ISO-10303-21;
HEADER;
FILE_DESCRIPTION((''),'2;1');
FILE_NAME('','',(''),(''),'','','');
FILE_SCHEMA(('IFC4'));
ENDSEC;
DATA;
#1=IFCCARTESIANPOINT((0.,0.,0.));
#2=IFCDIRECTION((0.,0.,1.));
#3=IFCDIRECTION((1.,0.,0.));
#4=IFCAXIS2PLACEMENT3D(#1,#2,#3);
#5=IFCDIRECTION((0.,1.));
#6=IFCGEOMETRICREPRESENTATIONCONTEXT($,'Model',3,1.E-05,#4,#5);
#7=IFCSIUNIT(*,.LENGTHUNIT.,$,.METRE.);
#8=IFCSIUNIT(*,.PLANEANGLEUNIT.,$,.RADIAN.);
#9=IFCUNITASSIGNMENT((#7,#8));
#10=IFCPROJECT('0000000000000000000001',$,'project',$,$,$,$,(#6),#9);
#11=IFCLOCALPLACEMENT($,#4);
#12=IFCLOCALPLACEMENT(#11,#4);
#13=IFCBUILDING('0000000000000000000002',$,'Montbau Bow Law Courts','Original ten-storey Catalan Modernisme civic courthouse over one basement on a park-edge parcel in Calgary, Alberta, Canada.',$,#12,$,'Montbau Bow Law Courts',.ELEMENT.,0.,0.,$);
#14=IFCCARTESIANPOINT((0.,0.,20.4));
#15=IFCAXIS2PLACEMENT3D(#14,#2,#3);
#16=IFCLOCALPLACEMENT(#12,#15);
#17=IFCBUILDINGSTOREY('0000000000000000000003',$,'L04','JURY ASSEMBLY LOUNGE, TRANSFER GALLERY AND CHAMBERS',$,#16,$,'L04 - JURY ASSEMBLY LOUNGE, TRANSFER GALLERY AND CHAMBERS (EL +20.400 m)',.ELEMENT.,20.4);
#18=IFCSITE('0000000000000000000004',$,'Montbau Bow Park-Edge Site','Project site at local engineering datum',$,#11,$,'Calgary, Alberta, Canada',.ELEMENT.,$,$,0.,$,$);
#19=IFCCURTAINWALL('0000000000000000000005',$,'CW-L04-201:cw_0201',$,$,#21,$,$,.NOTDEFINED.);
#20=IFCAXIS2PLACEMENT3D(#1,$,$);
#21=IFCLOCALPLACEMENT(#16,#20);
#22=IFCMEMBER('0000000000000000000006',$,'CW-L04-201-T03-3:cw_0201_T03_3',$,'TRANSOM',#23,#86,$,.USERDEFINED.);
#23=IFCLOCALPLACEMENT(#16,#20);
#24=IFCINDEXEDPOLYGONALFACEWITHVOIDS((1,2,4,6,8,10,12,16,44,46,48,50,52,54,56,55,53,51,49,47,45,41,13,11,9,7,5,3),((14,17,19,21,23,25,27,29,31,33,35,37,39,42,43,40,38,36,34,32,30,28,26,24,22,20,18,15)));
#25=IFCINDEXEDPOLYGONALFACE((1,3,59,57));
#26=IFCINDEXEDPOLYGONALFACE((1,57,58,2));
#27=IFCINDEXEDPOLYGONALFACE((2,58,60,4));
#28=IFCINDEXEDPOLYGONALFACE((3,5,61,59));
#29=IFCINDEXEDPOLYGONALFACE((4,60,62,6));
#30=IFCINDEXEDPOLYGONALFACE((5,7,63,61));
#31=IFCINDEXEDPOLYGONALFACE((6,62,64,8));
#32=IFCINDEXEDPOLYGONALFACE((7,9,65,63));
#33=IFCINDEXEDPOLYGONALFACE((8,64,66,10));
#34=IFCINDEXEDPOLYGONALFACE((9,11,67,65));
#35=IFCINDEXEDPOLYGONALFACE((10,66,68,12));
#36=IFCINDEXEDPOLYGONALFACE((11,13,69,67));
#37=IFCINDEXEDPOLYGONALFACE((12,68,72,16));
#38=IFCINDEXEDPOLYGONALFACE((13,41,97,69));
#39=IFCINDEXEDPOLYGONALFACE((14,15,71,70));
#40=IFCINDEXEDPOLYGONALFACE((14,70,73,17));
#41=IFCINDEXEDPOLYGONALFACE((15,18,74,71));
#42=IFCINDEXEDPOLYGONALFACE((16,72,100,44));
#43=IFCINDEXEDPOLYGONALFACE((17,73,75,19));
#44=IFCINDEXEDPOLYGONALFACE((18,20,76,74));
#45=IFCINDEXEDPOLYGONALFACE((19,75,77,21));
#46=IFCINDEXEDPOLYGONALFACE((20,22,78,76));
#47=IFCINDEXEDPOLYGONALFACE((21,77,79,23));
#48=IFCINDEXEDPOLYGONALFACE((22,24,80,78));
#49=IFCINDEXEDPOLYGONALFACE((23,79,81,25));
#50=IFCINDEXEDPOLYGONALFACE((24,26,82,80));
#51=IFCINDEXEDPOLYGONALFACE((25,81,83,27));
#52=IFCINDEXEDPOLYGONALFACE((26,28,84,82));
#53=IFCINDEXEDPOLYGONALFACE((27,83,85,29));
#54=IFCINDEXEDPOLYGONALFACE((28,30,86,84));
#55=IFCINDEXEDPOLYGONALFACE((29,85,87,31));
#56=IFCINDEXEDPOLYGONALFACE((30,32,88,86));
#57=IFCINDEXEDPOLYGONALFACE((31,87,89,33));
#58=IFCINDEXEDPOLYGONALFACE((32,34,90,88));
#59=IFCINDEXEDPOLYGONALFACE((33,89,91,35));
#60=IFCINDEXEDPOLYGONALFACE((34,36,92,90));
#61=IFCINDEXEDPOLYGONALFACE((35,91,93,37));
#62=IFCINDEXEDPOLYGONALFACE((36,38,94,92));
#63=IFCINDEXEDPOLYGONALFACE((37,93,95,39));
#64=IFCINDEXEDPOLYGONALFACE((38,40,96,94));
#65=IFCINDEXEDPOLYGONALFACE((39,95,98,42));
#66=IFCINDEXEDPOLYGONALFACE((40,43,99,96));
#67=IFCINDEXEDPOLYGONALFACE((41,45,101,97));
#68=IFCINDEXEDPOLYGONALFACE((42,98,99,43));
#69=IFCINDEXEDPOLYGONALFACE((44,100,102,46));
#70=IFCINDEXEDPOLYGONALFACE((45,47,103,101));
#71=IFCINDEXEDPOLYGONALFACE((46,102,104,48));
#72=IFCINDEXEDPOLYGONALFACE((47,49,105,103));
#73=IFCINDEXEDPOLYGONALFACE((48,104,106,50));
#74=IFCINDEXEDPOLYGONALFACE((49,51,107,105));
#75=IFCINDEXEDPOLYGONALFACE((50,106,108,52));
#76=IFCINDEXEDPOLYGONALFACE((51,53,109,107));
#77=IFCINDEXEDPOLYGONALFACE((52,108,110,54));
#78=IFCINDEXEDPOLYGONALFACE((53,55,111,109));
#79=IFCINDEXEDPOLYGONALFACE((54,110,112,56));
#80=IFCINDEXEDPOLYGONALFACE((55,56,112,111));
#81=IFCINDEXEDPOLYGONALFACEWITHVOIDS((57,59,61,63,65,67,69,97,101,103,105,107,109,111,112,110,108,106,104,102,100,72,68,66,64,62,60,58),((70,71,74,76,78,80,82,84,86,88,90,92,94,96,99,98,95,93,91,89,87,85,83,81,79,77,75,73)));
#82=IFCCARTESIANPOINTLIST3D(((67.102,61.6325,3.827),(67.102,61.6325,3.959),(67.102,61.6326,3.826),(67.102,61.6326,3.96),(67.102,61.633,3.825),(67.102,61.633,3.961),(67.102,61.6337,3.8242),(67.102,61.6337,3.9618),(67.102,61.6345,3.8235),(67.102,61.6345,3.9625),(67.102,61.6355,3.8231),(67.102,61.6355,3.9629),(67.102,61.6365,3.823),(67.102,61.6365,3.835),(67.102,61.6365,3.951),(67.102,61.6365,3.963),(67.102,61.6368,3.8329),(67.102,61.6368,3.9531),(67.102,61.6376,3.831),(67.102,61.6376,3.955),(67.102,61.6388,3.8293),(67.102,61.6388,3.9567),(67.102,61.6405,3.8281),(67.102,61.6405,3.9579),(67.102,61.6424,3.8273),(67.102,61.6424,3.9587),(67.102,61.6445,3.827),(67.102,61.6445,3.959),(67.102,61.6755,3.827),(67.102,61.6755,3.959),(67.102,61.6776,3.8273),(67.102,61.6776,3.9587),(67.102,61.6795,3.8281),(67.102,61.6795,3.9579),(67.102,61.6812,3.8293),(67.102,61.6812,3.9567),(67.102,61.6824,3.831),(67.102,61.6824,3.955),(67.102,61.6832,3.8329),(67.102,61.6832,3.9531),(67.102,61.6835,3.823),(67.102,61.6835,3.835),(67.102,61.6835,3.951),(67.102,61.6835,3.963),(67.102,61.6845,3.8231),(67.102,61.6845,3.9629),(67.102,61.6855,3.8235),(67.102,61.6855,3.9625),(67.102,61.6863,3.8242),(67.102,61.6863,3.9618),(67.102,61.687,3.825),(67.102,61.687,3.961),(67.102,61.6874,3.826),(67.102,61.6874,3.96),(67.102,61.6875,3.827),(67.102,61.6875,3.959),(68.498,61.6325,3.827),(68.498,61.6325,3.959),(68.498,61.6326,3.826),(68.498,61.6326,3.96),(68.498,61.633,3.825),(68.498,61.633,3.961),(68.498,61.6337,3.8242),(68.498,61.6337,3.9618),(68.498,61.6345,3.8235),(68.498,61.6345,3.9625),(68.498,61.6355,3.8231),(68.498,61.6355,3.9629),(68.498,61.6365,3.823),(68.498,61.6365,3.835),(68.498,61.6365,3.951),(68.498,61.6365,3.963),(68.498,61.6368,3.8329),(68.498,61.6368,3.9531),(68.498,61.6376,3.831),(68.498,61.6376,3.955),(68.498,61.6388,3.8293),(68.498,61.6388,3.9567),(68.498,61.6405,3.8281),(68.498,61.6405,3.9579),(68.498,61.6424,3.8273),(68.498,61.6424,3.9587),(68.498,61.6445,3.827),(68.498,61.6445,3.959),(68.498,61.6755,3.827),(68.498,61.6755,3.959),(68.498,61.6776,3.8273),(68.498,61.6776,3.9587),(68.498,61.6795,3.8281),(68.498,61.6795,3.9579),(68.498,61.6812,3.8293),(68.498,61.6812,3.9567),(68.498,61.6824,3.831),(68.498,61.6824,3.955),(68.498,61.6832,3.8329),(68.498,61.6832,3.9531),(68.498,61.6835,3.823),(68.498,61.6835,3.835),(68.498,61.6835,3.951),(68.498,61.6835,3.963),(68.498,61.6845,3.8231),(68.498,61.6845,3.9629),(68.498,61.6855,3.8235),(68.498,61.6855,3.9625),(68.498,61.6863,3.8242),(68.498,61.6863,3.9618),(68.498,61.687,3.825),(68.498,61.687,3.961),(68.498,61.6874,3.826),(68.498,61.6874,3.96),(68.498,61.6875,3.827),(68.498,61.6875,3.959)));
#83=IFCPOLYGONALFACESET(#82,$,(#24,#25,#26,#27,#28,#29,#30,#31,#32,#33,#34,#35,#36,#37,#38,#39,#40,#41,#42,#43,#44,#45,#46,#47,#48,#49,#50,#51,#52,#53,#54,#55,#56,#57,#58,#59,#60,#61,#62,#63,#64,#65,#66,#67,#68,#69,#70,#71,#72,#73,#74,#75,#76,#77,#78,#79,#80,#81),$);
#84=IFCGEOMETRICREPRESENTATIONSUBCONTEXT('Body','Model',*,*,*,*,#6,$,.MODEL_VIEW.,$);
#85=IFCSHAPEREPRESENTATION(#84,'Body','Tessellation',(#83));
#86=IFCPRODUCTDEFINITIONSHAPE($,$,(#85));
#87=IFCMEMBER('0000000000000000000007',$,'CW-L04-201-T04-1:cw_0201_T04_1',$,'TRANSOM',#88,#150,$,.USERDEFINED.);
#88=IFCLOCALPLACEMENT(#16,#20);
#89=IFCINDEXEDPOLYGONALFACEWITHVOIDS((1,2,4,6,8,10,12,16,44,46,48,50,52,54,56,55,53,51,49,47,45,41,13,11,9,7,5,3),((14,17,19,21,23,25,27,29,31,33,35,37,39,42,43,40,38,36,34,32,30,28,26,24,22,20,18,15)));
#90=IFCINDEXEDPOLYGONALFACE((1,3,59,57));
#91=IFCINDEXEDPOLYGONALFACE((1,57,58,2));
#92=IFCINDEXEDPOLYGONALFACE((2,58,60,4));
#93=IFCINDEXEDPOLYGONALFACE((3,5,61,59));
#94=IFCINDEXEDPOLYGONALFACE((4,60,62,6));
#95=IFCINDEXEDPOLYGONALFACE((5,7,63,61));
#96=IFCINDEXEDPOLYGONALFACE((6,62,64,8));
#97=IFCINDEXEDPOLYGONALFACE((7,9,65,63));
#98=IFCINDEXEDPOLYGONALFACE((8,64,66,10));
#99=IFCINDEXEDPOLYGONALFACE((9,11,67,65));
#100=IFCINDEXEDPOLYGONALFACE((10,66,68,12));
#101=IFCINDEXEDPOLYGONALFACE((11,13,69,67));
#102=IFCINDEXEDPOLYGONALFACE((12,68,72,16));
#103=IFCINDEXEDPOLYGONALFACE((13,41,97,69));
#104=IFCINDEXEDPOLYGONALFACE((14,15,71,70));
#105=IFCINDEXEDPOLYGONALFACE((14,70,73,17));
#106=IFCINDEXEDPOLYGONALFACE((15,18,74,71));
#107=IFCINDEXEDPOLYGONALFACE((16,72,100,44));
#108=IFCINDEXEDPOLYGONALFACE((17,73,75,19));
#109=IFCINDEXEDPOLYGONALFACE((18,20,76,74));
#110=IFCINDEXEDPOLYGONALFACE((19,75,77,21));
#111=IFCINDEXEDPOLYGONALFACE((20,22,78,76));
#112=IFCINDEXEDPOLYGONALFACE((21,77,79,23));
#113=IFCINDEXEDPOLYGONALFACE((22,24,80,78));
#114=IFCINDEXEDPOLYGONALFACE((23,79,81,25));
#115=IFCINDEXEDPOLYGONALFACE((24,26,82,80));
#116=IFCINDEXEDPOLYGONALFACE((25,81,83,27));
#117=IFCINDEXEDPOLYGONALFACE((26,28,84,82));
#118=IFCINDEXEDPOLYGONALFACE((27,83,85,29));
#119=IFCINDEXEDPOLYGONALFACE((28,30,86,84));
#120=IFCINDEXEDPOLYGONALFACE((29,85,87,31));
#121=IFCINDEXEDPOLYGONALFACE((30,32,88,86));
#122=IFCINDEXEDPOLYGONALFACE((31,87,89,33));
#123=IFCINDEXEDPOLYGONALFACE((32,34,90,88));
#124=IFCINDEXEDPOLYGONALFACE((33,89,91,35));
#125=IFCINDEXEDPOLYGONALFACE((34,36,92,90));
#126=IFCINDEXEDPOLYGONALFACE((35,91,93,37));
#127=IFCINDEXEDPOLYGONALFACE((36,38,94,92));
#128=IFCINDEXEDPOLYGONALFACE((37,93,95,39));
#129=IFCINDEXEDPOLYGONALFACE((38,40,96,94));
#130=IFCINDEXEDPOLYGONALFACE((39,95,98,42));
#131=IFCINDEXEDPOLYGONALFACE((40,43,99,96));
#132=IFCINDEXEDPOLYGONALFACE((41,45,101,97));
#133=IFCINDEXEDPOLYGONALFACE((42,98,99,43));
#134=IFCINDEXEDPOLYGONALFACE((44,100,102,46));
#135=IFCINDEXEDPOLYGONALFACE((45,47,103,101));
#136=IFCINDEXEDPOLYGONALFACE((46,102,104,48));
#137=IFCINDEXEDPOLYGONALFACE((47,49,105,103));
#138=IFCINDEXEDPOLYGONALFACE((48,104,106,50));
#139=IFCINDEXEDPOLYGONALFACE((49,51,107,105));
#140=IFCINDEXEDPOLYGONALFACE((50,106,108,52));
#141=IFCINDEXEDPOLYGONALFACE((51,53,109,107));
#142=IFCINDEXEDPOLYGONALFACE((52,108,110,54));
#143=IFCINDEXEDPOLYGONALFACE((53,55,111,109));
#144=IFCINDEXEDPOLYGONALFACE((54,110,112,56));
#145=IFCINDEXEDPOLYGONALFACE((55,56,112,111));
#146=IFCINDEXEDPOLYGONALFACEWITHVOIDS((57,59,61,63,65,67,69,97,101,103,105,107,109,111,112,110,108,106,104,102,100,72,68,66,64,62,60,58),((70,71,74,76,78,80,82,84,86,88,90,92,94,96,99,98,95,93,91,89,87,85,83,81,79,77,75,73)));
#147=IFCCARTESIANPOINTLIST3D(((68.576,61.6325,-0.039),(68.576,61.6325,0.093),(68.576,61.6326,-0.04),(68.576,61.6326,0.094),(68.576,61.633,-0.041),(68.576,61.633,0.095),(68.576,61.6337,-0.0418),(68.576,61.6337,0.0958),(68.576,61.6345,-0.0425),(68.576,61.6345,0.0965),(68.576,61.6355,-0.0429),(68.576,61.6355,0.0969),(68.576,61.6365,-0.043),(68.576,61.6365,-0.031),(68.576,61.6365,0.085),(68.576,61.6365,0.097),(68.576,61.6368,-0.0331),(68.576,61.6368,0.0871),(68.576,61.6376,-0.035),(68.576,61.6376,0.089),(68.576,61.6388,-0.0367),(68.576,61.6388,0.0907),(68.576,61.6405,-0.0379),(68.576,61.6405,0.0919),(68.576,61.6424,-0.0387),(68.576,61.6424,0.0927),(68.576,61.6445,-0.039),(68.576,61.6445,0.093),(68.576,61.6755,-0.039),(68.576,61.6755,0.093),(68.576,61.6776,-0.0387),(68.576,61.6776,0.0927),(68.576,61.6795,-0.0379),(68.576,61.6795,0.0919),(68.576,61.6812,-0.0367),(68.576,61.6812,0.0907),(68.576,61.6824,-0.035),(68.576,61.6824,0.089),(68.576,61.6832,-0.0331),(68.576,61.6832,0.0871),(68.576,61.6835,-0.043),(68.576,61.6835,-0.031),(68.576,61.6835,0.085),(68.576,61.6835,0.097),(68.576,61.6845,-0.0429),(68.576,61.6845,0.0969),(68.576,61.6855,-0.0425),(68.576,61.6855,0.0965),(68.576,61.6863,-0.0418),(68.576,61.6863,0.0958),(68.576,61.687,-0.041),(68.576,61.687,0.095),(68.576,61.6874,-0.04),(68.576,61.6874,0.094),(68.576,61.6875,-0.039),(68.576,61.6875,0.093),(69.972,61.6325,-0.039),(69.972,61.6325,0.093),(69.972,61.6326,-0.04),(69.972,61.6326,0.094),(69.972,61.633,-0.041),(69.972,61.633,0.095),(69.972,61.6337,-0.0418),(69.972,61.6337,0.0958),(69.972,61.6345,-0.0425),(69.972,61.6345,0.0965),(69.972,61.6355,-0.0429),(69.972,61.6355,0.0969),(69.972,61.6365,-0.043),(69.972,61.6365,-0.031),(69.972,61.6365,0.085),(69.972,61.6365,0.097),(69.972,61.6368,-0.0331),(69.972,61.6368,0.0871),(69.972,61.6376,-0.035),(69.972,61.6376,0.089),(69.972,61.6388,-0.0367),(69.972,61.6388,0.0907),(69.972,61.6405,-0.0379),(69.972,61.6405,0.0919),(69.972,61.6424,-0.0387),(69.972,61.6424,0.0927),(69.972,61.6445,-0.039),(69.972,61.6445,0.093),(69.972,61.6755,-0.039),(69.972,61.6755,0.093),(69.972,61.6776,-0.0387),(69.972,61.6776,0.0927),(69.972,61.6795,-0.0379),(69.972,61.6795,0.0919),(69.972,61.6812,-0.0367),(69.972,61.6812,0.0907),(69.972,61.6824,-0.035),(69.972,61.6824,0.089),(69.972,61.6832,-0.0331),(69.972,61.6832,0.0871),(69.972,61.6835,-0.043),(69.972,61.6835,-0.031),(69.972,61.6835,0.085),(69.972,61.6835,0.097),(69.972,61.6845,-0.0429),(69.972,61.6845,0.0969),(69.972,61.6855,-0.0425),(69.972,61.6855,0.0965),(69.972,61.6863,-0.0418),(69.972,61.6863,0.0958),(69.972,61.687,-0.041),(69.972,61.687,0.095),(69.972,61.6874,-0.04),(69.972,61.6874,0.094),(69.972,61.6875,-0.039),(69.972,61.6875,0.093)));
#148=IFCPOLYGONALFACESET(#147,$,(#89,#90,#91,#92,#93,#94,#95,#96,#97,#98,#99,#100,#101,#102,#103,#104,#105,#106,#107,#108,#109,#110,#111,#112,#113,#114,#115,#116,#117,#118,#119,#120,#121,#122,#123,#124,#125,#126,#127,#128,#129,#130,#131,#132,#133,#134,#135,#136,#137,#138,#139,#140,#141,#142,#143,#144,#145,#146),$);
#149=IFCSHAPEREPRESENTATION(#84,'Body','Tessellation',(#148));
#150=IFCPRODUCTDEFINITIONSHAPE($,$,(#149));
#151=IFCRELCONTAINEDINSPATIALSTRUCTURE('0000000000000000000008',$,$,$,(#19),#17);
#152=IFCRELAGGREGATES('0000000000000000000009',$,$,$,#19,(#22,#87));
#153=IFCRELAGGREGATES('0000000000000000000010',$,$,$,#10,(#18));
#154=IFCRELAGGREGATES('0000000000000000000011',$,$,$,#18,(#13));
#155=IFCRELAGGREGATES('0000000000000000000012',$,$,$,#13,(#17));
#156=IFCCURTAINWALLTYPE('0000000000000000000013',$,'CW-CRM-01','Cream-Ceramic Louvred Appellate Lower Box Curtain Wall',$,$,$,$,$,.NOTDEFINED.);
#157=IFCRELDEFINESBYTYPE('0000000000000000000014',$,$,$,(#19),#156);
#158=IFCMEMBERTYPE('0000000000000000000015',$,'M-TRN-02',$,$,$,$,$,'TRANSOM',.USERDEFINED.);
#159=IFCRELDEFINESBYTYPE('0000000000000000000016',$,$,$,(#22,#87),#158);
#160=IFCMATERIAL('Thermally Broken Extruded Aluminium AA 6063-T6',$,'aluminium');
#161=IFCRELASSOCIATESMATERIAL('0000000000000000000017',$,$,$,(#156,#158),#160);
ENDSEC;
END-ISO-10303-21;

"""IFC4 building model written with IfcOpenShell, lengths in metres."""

from ifc_helpers import new_model, si_unit, direction, frame, origin_with_axes, origin_2d_with_axis, place, context, subcontext, project, spatial, hollow_rectangle, extrude, material, material_profile, profile_set, type_object, element, aggregate, save


model = new_model("IFC4")

# Units and contexts
model_context = context("Model", 3, precision=1e-05, world=origin_with_axes(), true_north=direction((0.0, 1.0)))
body_context = subcontext(model_context, "Body", "Model", "MODEL_VIEW")
ifc_project = project(units=[si_unit("LENGTHUNIT", "METRE"), si_unit("PLANEANGLEUNIT", "RADIAN")], contexts=[model_context])

# Site, building, storey
site_placement = place(None, origin_with_axes())
site = spatial("IfcSite", under=ifc_project, at=site_placement, Name="Montbau Bow Park-Edge Site", Description="Project site at local engineering datum", LongName="Calgary, Alberta, Canada", CompositionType="ELEMENT", RefElevation=0.0)
building_placement = place(site_placement, origin_with_axes())
building = spatial("IfcBuilding", under=site, at=building_placement, Name="Montbau Bow Law Courts", Description="Original ten-storey Catalan Modernisme civic courthouse over one basement on a park-edge parcel in Calgary, Alberta, Canada.", LongName="Montbau Bow Law Courts", CompositionType="ELEMENT", ElevationOfRefHeight=0.0, ElevationOfTerrain=0.0)
storey_placement = place(building_placement, frame((0.0, 0.0, 20.4), z_axis=(0.0, 0.0, 1.0), x_axis=(1.0, 0.0, 0.0)))
storey = spatial("IfcBuildingStorey", under=building, at=storey_placement, Name="L04", Description="JURY ASSEMBLY LOUNGE, TRANSFER GALLERY AND CHAMBERS", LongName="L04 - JURY ASSEMBLY LOUNGE, TRANSFER GALLERY AND CHAMBERS (EL +20.400 m)", CompositionType="ELEMENT", Elevation=20.4)

# Curtain wall
ifc_material_1 = material(Name="Thermally Broken Extruded Aluminium AA 6063-T6", Category="aluminium")
curtain_wall_type = type_object("IfcCurtainWallType", Name="CW-CRM-01", Description="Cream-Ceramic Louvred Appellate Lower Box Curtain Wall", PredefinedType="NOTDEFINED", material=ifc_material_1)
curtain_wall_1_placement = place(None, frame((64.115, 61.66, 20.4), z_axis=(0.0, 0.0, 1.0), x_axis=(1.0, 0.0, 0.0)))
curtain_wall_1 = element("IfcCurtainWall", 1, at=curtain_wall_1_placement, inside=storey, type_object=curtain_wall_type, Name="CW-L04-201:cw_0201", PredefinedType="NOTDEFINED")

# Members
ifc_material_profile_1 = material_profile(ifc_material_1, hollow_rectangle(XDim=0.055, YDim=0.14, WallThickness=0.004, InnerFilletRadius=0.008, OuterFilletRadius=0.004, at=origin_2d_with_axis()), Name="CWT-140X55", Category="Main", Priority=0)
ifc_profile_set_1 = profile_set([ifc_material_profile_1], Name="Thermally Broken Extruded Aluminium AA 6063-T6")
member_type_1 = type_object("IfcMemberType", Name="M-TRN-02", ElementType="TRANSOM", PredefinedType="USERDEFINED", material=ifc_profile_set_1)
member_1_placement = place(None, frame((67.102, 61.66, 24.293), z_axis=(1.0, 0.0, 0.0), x_axis=(0.0, 1.0, 0.0)))
member_1 = element("IfcMember", 2, at=member_1_placement, type_object=member_type_1, Name="CW-L04-201-T03-3:cw_0201_T03_3", ObjectType="TRANSOM", PredefinedType="USERDEFINED", context=body_context, shape_type="SweptSolid", body=[
    extrude(hollow_rectangle(XDim=0.055, YDim=0.14, WallThickness=0.004, InnerFilletRadius=0.008, OuterFilletRadius=0.004, at=origin_2d_with_axis()), origin_with_axes(), (0.0, 0.0, 1.0), 1.396),
])
member_2_placement = place(None, frame((68.576, 61.66, 20.427), z_axis=(1.0, 0.0, 0.0), x_axis=(0.0, 1.0, 0.0)))
member_2 = element("IfcMember", 3, at=member_2_placement, type_object=member_type_1, Name="CW-L04-201-T04-1:cw_0201_T04_1", ObjectType="TRANSOM", PredefinedType="USERDEFINED", context=body_context, shape_type="SweptSolid", body=[
    extrude(hollow_rectangle(XDim=0.055, YDim=0.14, WallThickness=0.004, InnerFilletRadius=0.008, OuterFilletRadius=0.004, at=origin_2d_with_axis()), origin_with_axes(), (0.0, 0.0, 1.0), 1.396),
])

aggregate(curtain_wall_1, [member_1, member_2])

save(model, "model.ifc")
